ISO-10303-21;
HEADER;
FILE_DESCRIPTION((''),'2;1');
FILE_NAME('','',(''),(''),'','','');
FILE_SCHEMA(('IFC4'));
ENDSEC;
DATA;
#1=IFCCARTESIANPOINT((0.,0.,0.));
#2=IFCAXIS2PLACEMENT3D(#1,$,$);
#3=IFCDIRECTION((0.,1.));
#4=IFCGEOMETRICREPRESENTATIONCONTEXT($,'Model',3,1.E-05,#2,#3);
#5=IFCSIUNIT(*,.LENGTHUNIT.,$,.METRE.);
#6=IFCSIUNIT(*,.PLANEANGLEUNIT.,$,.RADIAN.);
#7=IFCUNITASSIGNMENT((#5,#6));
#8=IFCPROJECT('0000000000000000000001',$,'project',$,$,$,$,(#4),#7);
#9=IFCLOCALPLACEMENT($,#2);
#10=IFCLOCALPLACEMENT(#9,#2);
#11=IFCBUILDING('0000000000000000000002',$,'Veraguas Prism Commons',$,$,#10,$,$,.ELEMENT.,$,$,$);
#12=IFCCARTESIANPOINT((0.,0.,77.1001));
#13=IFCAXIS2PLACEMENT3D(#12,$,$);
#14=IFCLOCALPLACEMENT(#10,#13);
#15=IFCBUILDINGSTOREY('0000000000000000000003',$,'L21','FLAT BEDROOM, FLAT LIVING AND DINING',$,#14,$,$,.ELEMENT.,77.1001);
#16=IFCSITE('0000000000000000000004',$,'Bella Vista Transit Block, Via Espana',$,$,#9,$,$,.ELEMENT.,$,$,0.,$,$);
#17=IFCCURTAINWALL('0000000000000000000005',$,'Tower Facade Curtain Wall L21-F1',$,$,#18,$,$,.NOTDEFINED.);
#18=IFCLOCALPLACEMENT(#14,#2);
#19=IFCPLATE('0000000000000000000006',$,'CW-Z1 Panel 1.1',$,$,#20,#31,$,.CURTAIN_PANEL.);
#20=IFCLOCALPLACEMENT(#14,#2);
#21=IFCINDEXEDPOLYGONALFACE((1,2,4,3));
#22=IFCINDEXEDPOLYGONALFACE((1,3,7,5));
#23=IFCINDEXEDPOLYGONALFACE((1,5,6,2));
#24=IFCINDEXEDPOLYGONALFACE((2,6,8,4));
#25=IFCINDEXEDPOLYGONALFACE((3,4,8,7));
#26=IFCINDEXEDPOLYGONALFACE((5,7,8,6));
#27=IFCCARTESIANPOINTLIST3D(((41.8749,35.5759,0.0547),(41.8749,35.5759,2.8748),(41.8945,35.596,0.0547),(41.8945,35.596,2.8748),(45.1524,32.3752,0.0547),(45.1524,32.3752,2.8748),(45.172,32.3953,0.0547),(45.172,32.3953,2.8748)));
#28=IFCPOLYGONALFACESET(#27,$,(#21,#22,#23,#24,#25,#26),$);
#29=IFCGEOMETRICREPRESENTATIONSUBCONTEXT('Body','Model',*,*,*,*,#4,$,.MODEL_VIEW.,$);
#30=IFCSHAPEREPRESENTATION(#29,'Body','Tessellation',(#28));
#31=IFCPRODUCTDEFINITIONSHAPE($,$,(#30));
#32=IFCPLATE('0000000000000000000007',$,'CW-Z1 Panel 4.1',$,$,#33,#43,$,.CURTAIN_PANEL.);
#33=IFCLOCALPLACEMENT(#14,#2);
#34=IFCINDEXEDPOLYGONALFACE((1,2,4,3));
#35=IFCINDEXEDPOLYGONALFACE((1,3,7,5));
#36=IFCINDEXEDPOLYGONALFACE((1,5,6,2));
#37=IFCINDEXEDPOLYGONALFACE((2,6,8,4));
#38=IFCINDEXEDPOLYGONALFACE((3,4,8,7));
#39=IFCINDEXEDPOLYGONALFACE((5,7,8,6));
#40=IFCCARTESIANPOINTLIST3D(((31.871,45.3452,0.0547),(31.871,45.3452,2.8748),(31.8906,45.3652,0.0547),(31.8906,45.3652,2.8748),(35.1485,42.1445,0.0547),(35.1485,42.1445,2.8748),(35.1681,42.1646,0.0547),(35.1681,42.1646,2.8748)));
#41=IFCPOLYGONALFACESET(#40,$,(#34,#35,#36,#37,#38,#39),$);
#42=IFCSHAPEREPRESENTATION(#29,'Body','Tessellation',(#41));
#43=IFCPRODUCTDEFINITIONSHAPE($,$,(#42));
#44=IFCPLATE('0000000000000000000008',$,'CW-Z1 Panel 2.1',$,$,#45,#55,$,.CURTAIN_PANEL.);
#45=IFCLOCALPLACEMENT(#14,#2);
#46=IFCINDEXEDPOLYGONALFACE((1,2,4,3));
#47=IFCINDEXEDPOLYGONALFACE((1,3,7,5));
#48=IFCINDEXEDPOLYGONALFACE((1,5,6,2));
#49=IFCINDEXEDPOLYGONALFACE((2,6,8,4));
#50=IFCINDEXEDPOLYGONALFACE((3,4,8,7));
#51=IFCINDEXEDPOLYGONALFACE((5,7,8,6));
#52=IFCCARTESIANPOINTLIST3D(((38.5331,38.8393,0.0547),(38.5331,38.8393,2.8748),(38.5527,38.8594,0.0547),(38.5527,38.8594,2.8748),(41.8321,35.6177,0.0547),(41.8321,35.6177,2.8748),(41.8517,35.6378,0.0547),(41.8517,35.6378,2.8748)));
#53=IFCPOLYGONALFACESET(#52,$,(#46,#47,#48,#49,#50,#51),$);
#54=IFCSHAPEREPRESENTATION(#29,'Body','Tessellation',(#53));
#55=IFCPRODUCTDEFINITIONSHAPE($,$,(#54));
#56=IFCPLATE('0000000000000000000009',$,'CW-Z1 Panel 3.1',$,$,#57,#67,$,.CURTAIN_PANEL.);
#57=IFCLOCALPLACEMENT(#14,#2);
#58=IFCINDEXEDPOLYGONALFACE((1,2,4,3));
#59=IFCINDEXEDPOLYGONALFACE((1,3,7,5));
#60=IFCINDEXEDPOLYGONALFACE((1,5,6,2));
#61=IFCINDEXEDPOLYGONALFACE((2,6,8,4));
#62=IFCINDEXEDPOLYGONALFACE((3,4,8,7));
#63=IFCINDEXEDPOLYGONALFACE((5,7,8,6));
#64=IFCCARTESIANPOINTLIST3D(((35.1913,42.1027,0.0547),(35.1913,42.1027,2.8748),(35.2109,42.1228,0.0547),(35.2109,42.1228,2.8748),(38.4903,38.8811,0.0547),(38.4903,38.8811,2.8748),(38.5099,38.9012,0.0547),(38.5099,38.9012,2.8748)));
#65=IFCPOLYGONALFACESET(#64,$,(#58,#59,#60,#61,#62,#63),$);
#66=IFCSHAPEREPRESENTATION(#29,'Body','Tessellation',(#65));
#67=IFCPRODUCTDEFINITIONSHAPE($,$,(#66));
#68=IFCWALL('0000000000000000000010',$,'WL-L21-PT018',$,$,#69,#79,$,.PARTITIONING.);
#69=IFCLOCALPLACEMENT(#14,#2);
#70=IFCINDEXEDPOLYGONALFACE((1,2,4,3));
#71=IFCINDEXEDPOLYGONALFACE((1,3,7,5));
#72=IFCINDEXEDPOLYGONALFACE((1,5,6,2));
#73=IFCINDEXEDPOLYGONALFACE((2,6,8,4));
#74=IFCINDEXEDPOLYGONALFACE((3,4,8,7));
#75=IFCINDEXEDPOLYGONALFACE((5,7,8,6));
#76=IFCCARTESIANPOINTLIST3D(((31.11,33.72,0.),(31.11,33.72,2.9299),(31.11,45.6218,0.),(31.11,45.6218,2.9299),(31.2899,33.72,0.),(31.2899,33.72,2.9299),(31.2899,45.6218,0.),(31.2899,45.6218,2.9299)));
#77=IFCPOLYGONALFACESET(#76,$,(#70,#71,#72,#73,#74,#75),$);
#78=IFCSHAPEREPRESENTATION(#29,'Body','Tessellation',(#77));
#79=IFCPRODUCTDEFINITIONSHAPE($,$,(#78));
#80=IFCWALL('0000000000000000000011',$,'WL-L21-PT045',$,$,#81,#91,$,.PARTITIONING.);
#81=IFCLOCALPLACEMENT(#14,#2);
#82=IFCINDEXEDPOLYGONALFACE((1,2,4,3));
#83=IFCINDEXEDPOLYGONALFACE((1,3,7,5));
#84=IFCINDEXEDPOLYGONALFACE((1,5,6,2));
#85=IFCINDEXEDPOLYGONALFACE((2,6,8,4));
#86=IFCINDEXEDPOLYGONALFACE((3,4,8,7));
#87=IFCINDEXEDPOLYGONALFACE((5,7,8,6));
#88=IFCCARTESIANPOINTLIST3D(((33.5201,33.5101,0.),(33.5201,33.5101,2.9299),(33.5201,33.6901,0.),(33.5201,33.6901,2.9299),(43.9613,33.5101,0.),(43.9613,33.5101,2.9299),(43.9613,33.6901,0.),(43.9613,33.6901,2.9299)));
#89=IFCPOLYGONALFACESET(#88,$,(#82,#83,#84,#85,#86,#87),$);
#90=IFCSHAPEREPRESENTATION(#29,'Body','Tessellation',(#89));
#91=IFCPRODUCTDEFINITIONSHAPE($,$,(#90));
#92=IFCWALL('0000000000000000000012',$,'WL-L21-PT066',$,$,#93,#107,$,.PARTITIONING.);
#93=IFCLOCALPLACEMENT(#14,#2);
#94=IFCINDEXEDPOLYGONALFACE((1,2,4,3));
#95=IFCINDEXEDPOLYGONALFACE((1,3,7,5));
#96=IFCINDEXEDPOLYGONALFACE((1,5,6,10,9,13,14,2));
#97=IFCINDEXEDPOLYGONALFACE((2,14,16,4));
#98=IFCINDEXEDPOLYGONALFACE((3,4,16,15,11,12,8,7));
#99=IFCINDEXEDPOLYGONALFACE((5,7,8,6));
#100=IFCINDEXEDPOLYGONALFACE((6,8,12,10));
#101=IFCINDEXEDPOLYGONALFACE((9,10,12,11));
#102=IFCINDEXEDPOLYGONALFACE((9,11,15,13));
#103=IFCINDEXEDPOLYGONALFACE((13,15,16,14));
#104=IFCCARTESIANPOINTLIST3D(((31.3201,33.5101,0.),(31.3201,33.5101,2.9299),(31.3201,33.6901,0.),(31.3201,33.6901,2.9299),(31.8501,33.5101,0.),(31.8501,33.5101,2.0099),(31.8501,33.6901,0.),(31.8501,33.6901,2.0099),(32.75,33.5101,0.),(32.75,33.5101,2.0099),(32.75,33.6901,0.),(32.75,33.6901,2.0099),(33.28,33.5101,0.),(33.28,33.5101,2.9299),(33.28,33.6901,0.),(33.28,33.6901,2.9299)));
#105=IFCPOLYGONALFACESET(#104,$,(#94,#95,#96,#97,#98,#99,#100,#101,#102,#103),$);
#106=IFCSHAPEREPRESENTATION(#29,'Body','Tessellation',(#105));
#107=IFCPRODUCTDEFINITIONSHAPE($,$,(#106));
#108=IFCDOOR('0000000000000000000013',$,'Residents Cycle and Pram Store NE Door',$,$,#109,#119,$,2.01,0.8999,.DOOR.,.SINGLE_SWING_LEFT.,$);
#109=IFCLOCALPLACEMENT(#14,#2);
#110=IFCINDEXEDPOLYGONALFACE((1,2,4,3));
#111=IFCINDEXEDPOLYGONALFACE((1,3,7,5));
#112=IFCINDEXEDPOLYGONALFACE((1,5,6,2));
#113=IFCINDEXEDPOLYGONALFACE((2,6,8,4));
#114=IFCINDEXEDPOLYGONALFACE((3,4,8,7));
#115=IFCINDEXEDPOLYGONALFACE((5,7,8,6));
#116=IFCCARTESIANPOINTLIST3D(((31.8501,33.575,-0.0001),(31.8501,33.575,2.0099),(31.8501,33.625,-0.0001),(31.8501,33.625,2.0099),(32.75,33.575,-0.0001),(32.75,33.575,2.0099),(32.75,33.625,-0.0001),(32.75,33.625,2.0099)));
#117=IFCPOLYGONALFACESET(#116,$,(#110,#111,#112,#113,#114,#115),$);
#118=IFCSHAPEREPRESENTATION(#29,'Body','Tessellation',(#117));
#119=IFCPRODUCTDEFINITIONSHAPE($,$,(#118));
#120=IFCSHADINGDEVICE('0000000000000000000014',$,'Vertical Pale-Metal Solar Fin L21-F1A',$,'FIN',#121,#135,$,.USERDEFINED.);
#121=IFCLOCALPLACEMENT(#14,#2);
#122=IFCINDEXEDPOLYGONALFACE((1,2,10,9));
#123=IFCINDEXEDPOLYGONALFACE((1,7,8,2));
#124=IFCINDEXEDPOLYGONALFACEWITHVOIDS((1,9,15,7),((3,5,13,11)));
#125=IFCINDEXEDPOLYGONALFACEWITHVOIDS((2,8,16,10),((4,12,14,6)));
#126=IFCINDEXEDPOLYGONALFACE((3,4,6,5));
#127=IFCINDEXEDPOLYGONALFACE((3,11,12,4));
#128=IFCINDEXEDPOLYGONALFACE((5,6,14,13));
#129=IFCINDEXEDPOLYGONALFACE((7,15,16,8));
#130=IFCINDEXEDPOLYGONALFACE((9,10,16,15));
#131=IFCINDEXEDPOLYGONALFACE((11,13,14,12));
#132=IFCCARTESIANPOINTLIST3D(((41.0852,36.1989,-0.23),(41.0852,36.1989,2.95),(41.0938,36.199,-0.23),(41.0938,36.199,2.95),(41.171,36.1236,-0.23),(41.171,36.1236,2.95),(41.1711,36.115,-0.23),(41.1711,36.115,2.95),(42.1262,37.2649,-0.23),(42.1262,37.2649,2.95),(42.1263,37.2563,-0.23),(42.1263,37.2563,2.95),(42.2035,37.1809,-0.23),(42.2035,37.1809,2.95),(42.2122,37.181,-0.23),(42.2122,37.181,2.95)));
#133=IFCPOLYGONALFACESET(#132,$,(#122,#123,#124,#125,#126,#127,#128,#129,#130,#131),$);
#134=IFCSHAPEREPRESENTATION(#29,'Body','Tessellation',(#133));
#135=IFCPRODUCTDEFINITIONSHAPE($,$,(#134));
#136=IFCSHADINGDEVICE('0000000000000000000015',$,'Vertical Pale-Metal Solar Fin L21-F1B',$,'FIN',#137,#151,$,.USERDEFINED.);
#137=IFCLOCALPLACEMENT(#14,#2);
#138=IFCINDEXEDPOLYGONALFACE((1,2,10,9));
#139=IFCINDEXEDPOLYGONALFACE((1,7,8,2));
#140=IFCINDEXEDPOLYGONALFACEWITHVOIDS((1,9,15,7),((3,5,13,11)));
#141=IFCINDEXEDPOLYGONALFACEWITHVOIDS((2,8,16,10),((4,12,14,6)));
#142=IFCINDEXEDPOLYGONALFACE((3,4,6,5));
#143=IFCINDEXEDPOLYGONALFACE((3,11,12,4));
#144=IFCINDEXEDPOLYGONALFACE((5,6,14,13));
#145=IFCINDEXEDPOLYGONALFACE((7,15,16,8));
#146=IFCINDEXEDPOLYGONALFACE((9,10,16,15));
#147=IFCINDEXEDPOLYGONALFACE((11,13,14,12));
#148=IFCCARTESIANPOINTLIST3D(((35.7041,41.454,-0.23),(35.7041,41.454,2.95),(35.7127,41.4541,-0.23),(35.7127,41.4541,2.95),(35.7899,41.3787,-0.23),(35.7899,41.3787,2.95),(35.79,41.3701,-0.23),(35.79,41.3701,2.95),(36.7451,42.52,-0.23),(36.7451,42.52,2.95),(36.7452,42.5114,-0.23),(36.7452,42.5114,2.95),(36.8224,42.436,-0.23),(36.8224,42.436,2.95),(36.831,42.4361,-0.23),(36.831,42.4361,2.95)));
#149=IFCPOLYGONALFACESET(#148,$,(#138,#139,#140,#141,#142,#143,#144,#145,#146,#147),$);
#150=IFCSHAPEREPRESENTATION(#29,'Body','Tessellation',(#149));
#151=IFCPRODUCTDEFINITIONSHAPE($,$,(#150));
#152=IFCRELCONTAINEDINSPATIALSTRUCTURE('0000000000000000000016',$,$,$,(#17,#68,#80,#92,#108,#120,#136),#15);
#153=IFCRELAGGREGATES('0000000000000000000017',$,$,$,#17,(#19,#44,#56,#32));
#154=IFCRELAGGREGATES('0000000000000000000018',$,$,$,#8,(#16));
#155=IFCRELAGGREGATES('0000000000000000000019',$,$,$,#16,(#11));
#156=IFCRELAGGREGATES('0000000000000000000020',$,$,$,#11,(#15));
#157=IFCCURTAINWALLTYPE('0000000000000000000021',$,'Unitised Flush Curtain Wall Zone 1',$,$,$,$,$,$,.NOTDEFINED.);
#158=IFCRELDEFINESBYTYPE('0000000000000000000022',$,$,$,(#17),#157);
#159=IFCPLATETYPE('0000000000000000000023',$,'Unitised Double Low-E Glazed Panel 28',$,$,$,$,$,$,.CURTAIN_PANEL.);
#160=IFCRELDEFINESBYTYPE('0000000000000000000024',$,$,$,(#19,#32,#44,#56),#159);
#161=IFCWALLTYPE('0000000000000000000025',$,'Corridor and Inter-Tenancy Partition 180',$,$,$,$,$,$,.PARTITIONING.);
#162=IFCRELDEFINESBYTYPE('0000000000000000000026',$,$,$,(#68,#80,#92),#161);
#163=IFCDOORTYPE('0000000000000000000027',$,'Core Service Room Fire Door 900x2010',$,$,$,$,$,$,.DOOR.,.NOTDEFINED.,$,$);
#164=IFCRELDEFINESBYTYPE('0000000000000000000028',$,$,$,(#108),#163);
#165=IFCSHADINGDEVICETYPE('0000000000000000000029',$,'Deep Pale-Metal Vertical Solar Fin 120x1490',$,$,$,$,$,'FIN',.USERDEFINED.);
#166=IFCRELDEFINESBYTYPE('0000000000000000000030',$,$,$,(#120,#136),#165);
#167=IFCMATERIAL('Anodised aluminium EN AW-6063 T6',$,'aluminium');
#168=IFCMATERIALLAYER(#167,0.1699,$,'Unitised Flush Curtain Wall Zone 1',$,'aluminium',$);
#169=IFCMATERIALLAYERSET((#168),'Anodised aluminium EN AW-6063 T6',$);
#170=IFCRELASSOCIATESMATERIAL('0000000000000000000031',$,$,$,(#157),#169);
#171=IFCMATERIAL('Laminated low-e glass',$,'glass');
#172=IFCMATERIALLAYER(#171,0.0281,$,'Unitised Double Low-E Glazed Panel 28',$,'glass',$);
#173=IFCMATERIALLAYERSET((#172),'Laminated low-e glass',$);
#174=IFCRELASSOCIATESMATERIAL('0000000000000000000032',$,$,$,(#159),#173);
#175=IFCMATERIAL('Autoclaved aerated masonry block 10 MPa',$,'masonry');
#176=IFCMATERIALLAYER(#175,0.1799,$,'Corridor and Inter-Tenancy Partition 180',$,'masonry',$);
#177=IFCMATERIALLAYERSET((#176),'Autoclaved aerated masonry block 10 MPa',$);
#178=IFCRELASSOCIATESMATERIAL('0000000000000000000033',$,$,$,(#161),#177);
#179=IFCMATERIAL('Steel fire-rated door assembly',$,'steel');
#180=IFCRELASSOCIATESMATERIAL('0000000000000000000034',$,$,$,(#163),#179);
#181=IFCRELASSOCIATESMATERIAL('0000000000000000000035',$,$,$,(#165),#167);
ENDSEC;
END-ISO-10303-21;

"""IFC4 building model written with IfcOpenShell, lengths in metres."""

from ifc_helpers import new_model, si_unit, direction, frame, frame_2d, origin, origin_2d, place, context, subcontext, project, spatial, rectangle, hollow_rectangle, extrude, source, transform, mapped, material, layer, layer_set, material_profile, profile_set, type_object, element, fill, aggregate, save


model = new_model("IFC4")

# Units and contexts
model_context = context("Model", 3, precision=1e-05, world=origin(), true_north=direction((0.0, 1.0)))
body_context = subcontext(model_context, "Body", "Model", "MODEL_VIEW")
ifc_project = project(units=[si_unit("LENGTHUNIT", "METRE"), si_unit("PLANEANGLEUNIT", "RADIAN")], contexts=[model_context])

# Site, building, storey
site_placement = place(None, origin())
site = spatial("IfcSite", under=ifc_project, at=site_placement, Name="Bella Vista Transit Block, Via Espana", CompositionType="ELEMENT", RefElevation=0.0)
building_placement = place(site_placement, origin())
building = spatial("IfcBuilding", under=site, at=building_placement, Name="Veraguas Prism Commons", CompositionType="ELEMENT")
storey_placement = place(building_placement, frame((0.0, 0.0, 77.1001)))
storey = spatial("IfcBuildingStorey", under=building, at=storey_placement, Name="L21", Description="FLAT BEDROOM, FLAT LIVING AND DINING", CompositionType="ELEMENT", Elevation=77.1001)

# Curtain wall
ifc_material_1 = material(Name="Anodised aluminium EN AW-6063 T6", Category="aluminium")
ifc_layer_1 = layer(ifc_material_1, 0.1699, Name="Unitised Flush Curtain Wall Zone 1", Category="aluminium")
ifc_layer_set_1 = layer_set([ifc_layer_1], Name="Anodised aluminium EN AW-6063 T6")
curtain_wall_type = type_object("IfcCurtainWallType", Name="Unitised Flush Curtain Wall Zone 1", PredefinedType="NOTDEFINED", material=ifc_layer_set_1)
curtain_wall_1_placement = place(storey_placement, origin())
curtain_wall_1 = element("IfcCurtainWall", 1, at=curtain_wall_1_placement, inside=storey, type_object=curtain_wall_type, Name="Tower Facade Curtain Wall L21-F1", PredefinedType="NOTDEFINED")

# Plates
ifc_material_2 = material(Name="Laminated low-e glass", Category="glass")
ifc_layer_2 = layer(ifc_material_2, 0.0281, Name="Unitised Double Low-E Glazed Panel 28", Category="glass")
ifc_layer_set_2 = layer_set([ifc_layer_2], Name="Laminated low-e glass")
plate_type = type_object("IfcPlateType", Name="Unitised Double Low-E Glazed Panel 28", PredefinedType="CURTAIN_PANEL", material=ifc_layer_set_2)
shared_shape_1 = source(origin(), body_context, "Body", "SweptSolid", [
    extrude(rectangle(XDim=4.5811, YDim=0.0281, at=origin_2d()), origin(), (0.0, 0.0, 1.0), 2.8201),
])
plate_1_placement = place(storey_placement, frame((43.5234, 33.9856, 0.0547), z_axis=(0.0, 0.0, 1.0), x_axis=(-0.715449, 0.698665, 0.0)))
plate_1 = element("IfcPlate", 2, at=plate_1_placement, type_object=plate_type, Name="CW-Z1 Panel 1.1", PredefinedType="CURTAIN_PANEL", context=body_context, shape_type="MappedRepresentation", body=[
    mapped(shared_shape_1, transform((0.0, 0.0, 0.0), scale=1.0)),
])
plate_2_placement = place(storey_placement, frame((33.5195, 43.7549, 0.0547), z_axis=(0.0, 0.0, 1.0), x_axis=(-0.715449, 0.698665, 0.0)))
plate_2 = element("IfcPlate", 3, at=plate_2_placement, type_object=plate_type, Name="CW-Z1 Panel 4.1", PredefinedType="CURTAIN_PANEL", context=body_context, shape_type="MappedRepresentation", body=[
    mapped(shared_shape_1, transform((0.0, 0.0, 0.0), scale=1.0)),
])
shared_shape_2 = source(origin(), body_context, "Body", "SweptSolid", [
    extrude(rectangle(XDim=4.6111, YDim=0.0281, at=origin_2d()), origin(), (0.0, 0.0, 1.0), 2.8201),
])
plate_3_placement = place(storey_placement, frame((40.1924, 37.2385, 0.0547), z_axis=(0.0, 0.0, 1.0), x_axis=(-0.715449, 0.698665, 0.0)))
plate_3 = element("IfcPlate", 4, at=plate_3_placement, type_object=plate_type, Name="CW-Z1 Panel 2.1", PredefinedType="CURTAIN_PANEL", context=body_context, shape_type="MappedRepresentation", body=[
    mapped(shared_shape_2, transform((0.0, 0.0, 0.0), scale=1.0)),
])
plate_4_placement = place(storey_placement, frame((36.8506, 40.502, 0.0547), z_axis=(0.0, 0.0, 1.0), x_axis=(-0.715449, 0.698665, 0.0)))
plate_4 = element("IfcPlate", 5, at=plate_4_placement, type_object=plate_type, Name="CW-Z1 Panel 3.1", PredefinedType="CURTAIN_PANEL", context=body_context, shape_type="MappedRepresentation", body=[
    mapped(shared_shape_2, transform((0.0, 0.0, 0.0), scale=1.0)),
])
aggregate(curtain_wall_1, [plate_1, plate_3, plate_4, plate_2])

# Walls
ifc_material_3 = material(Name="Autoclaved aerated masonry block 10 MPa", Category="masonry")
ifc_layer_3 = layer(ifc_material_3, 0.1799, Name="Corridor and Inter-Tenancy Partition 180", Category="masonry")
ifc_layer_set_3 = layer_set([ifc_layer_3], Name="Autoclaved aerated masonry block 10 MPa")
wall_type = type_object("IfcWallType", Name="Corridor and Inter-Tenancy Partition 180", PredefinedType="PARTITIONING", material=ifc_layer_set_3)
wall_1_placement = place(storey_placement, frame((31.2, 33.72, 0.0), z_axis=(0.0, 0.0, 1.0), x_axis=(0.0, 1.0, 0.0)))
element("IfcWall", 6, at=wall_1_placement, inside=storey, type_object=wall_type, Name="WL-L21-PT018", PredefinedType="PARTITIONING", context=body_context, shape_type="SweptSolid", body=[
    extrude(rectangle(XDim=11.9019, YDim=0.1799, at=frame_2d((5.9509, 0.0))), origin(), (0.0, 0.0, 1.0), 2.9299),
])
wall_2_placement = place(storey_placement, frame((33.52, 33.6001, 0.0), z_axis=(0.0, 0.0, 1.0), x_axis=(1.0, 0.0, 0.0)))
element("IfcWall", 7, at=wall_2_placement, inside=storey, type_object=wall_type, Name="WL-L21-PT045", PredefinedType="PARTITIONING", context=body_context, shape_type="SweptSolid", body=[
    extrude(rectangle(XDim=10.4412, YDim=0.1799, at=frame_2d((5.2207, 0.0))), origin(), (0.0, 0.0, 1.0), 2.9299),
])

# Wall, opening, door
wall_3_placement = place(storey_placement, frame((31.3201, 33.6001, 0.0), z_axis=(0.0, 0.0, 1.0), x_axis=(1.0, 0.0, 0.0)))
wall_3 = element("IfcWall", 8, at=wall_3_placement, inside=storey, type_object=wall_type, Name="WL-L21-PT066", PredefinedType="PARTITIONING", context=body_context, shape_type="SweptSolid", body=[
    extrude(rectangle(XDim=1.96, YDim=0.1799, at=frame_2d((0.98, 0.0))), origin(), (0.0, 0.0, 1.0), 2.9299),
])
opening_placement = place(wall_3_placement, frame((0.53, 0.0, 0.0)))
opening = element("IfcOpeningElement", 9, at=opening_placement, cuts=wall_3, PredefinedType="OPENING", context=body_context, shape_type="SweptSolid", body=[
    extrude(rectangle(XDim=0.8999, YDim=2.01, at=frame_2d((0.45, 1.0049))), frame((0.0, 0.0999, 0.0), z_axis=(0.0, -1.0, 0.0), x_axis=(1.0, 0.0, 0.0)), (0.0, 0.0, 1.0), 0.2),
])
ifc_material_4 = material(Name="Steel fire-rated door assembly", Category="steel")
door_type = type_object("IfcDoorType", Name="Core Service Room Fire Door 900x2010", OperationType="NOTDEFINED", PredefinedType="DOOR", material=ifc_material_4)
shared_shape_3 = source(origin(), body_context, "Body", "SweptSolid", [
    extrude(rectangle(XDim=0.8999, YDim=2.01, at=frame_2d((0.45, 1.0049))), frame((0.0, 0.0249, 0.0), z_axis=(0.0, -1.0, 0.0), x_axis=(1.0, 0.0, 0.0)), (0.0, 0.0, 1.0), 0.05),
])
door_placement = place(opening_placement, origin())
door = element("IfcDoor", 10, at=door_placement, inside=storey, type_object=door_type, Name="Residents Cycle and Pram Store NE Door", OperationType="SINGLE_SWING_LEFT", OverallHeight=2.01, OverallWidth=0.8999, PredefinedType="DOOR", context=body_context, shape_type="MappedRepresentation", body=[
    mapped(shared_shape_3, transform((0.0, 0.0, 0.0), scale=1.0)),
])
fill(opening, door)

# Shading devices
ifc_material_profile_1 = material_profile(ifc_material_1, hollow_rectangle(XDim=0.1201, YDim=1.49, WallThickness=0.0061, at=origin_2d()), Name="FIN120X1490X6")
ifc_profile_set_1 = profile_set([ifc_material_profile_1], Name="Anodised aluminium EN AW-6063 T6")
shading_device_type = type_object("IfcShadingDeviceType", Name="Deep Pale-Metal Vertical Solar Fin 120x1490", ElementType="FIN", PredefinedType="USERDEFINED", material=ifc_profile_set_1)
for number, where, z_axis, x_axis, name in (
    (11, (41.6487, 36.6899, -0.23), (0.0, 0.0, 1.0), (-0.715449, 0.698665, 0.0), "Vertical Pale-Metal Solar Fin L21-F1A"),
    (12, (36.2676, 41.9451, -0.23), (0.0, 0.0, 1.0), (-0.715449, 0.698665, 0.0), "Vertical Pale-Metal Solar Fin L21-F1B"),
):
    element("IfcShadingDevice", number, at=place(storey_placement, frame(where, z_axis=z_axis, x_axis=x_axis)), inside=storey, type_object=shading_device_type, Name=name, ObjectType="FIN", PredefinedType="USERDEFINED", context=body_context, shape_type="SweptSolid", body=[
        extrude(hollow_rectangle(XDim=0.1201, YDim=1.49, WallThickness=0.0061, at=origin_2d()), origin(), (0.0, 0.0, 1.0), 3.1799),
    ])

save(model, "model.ifc")
